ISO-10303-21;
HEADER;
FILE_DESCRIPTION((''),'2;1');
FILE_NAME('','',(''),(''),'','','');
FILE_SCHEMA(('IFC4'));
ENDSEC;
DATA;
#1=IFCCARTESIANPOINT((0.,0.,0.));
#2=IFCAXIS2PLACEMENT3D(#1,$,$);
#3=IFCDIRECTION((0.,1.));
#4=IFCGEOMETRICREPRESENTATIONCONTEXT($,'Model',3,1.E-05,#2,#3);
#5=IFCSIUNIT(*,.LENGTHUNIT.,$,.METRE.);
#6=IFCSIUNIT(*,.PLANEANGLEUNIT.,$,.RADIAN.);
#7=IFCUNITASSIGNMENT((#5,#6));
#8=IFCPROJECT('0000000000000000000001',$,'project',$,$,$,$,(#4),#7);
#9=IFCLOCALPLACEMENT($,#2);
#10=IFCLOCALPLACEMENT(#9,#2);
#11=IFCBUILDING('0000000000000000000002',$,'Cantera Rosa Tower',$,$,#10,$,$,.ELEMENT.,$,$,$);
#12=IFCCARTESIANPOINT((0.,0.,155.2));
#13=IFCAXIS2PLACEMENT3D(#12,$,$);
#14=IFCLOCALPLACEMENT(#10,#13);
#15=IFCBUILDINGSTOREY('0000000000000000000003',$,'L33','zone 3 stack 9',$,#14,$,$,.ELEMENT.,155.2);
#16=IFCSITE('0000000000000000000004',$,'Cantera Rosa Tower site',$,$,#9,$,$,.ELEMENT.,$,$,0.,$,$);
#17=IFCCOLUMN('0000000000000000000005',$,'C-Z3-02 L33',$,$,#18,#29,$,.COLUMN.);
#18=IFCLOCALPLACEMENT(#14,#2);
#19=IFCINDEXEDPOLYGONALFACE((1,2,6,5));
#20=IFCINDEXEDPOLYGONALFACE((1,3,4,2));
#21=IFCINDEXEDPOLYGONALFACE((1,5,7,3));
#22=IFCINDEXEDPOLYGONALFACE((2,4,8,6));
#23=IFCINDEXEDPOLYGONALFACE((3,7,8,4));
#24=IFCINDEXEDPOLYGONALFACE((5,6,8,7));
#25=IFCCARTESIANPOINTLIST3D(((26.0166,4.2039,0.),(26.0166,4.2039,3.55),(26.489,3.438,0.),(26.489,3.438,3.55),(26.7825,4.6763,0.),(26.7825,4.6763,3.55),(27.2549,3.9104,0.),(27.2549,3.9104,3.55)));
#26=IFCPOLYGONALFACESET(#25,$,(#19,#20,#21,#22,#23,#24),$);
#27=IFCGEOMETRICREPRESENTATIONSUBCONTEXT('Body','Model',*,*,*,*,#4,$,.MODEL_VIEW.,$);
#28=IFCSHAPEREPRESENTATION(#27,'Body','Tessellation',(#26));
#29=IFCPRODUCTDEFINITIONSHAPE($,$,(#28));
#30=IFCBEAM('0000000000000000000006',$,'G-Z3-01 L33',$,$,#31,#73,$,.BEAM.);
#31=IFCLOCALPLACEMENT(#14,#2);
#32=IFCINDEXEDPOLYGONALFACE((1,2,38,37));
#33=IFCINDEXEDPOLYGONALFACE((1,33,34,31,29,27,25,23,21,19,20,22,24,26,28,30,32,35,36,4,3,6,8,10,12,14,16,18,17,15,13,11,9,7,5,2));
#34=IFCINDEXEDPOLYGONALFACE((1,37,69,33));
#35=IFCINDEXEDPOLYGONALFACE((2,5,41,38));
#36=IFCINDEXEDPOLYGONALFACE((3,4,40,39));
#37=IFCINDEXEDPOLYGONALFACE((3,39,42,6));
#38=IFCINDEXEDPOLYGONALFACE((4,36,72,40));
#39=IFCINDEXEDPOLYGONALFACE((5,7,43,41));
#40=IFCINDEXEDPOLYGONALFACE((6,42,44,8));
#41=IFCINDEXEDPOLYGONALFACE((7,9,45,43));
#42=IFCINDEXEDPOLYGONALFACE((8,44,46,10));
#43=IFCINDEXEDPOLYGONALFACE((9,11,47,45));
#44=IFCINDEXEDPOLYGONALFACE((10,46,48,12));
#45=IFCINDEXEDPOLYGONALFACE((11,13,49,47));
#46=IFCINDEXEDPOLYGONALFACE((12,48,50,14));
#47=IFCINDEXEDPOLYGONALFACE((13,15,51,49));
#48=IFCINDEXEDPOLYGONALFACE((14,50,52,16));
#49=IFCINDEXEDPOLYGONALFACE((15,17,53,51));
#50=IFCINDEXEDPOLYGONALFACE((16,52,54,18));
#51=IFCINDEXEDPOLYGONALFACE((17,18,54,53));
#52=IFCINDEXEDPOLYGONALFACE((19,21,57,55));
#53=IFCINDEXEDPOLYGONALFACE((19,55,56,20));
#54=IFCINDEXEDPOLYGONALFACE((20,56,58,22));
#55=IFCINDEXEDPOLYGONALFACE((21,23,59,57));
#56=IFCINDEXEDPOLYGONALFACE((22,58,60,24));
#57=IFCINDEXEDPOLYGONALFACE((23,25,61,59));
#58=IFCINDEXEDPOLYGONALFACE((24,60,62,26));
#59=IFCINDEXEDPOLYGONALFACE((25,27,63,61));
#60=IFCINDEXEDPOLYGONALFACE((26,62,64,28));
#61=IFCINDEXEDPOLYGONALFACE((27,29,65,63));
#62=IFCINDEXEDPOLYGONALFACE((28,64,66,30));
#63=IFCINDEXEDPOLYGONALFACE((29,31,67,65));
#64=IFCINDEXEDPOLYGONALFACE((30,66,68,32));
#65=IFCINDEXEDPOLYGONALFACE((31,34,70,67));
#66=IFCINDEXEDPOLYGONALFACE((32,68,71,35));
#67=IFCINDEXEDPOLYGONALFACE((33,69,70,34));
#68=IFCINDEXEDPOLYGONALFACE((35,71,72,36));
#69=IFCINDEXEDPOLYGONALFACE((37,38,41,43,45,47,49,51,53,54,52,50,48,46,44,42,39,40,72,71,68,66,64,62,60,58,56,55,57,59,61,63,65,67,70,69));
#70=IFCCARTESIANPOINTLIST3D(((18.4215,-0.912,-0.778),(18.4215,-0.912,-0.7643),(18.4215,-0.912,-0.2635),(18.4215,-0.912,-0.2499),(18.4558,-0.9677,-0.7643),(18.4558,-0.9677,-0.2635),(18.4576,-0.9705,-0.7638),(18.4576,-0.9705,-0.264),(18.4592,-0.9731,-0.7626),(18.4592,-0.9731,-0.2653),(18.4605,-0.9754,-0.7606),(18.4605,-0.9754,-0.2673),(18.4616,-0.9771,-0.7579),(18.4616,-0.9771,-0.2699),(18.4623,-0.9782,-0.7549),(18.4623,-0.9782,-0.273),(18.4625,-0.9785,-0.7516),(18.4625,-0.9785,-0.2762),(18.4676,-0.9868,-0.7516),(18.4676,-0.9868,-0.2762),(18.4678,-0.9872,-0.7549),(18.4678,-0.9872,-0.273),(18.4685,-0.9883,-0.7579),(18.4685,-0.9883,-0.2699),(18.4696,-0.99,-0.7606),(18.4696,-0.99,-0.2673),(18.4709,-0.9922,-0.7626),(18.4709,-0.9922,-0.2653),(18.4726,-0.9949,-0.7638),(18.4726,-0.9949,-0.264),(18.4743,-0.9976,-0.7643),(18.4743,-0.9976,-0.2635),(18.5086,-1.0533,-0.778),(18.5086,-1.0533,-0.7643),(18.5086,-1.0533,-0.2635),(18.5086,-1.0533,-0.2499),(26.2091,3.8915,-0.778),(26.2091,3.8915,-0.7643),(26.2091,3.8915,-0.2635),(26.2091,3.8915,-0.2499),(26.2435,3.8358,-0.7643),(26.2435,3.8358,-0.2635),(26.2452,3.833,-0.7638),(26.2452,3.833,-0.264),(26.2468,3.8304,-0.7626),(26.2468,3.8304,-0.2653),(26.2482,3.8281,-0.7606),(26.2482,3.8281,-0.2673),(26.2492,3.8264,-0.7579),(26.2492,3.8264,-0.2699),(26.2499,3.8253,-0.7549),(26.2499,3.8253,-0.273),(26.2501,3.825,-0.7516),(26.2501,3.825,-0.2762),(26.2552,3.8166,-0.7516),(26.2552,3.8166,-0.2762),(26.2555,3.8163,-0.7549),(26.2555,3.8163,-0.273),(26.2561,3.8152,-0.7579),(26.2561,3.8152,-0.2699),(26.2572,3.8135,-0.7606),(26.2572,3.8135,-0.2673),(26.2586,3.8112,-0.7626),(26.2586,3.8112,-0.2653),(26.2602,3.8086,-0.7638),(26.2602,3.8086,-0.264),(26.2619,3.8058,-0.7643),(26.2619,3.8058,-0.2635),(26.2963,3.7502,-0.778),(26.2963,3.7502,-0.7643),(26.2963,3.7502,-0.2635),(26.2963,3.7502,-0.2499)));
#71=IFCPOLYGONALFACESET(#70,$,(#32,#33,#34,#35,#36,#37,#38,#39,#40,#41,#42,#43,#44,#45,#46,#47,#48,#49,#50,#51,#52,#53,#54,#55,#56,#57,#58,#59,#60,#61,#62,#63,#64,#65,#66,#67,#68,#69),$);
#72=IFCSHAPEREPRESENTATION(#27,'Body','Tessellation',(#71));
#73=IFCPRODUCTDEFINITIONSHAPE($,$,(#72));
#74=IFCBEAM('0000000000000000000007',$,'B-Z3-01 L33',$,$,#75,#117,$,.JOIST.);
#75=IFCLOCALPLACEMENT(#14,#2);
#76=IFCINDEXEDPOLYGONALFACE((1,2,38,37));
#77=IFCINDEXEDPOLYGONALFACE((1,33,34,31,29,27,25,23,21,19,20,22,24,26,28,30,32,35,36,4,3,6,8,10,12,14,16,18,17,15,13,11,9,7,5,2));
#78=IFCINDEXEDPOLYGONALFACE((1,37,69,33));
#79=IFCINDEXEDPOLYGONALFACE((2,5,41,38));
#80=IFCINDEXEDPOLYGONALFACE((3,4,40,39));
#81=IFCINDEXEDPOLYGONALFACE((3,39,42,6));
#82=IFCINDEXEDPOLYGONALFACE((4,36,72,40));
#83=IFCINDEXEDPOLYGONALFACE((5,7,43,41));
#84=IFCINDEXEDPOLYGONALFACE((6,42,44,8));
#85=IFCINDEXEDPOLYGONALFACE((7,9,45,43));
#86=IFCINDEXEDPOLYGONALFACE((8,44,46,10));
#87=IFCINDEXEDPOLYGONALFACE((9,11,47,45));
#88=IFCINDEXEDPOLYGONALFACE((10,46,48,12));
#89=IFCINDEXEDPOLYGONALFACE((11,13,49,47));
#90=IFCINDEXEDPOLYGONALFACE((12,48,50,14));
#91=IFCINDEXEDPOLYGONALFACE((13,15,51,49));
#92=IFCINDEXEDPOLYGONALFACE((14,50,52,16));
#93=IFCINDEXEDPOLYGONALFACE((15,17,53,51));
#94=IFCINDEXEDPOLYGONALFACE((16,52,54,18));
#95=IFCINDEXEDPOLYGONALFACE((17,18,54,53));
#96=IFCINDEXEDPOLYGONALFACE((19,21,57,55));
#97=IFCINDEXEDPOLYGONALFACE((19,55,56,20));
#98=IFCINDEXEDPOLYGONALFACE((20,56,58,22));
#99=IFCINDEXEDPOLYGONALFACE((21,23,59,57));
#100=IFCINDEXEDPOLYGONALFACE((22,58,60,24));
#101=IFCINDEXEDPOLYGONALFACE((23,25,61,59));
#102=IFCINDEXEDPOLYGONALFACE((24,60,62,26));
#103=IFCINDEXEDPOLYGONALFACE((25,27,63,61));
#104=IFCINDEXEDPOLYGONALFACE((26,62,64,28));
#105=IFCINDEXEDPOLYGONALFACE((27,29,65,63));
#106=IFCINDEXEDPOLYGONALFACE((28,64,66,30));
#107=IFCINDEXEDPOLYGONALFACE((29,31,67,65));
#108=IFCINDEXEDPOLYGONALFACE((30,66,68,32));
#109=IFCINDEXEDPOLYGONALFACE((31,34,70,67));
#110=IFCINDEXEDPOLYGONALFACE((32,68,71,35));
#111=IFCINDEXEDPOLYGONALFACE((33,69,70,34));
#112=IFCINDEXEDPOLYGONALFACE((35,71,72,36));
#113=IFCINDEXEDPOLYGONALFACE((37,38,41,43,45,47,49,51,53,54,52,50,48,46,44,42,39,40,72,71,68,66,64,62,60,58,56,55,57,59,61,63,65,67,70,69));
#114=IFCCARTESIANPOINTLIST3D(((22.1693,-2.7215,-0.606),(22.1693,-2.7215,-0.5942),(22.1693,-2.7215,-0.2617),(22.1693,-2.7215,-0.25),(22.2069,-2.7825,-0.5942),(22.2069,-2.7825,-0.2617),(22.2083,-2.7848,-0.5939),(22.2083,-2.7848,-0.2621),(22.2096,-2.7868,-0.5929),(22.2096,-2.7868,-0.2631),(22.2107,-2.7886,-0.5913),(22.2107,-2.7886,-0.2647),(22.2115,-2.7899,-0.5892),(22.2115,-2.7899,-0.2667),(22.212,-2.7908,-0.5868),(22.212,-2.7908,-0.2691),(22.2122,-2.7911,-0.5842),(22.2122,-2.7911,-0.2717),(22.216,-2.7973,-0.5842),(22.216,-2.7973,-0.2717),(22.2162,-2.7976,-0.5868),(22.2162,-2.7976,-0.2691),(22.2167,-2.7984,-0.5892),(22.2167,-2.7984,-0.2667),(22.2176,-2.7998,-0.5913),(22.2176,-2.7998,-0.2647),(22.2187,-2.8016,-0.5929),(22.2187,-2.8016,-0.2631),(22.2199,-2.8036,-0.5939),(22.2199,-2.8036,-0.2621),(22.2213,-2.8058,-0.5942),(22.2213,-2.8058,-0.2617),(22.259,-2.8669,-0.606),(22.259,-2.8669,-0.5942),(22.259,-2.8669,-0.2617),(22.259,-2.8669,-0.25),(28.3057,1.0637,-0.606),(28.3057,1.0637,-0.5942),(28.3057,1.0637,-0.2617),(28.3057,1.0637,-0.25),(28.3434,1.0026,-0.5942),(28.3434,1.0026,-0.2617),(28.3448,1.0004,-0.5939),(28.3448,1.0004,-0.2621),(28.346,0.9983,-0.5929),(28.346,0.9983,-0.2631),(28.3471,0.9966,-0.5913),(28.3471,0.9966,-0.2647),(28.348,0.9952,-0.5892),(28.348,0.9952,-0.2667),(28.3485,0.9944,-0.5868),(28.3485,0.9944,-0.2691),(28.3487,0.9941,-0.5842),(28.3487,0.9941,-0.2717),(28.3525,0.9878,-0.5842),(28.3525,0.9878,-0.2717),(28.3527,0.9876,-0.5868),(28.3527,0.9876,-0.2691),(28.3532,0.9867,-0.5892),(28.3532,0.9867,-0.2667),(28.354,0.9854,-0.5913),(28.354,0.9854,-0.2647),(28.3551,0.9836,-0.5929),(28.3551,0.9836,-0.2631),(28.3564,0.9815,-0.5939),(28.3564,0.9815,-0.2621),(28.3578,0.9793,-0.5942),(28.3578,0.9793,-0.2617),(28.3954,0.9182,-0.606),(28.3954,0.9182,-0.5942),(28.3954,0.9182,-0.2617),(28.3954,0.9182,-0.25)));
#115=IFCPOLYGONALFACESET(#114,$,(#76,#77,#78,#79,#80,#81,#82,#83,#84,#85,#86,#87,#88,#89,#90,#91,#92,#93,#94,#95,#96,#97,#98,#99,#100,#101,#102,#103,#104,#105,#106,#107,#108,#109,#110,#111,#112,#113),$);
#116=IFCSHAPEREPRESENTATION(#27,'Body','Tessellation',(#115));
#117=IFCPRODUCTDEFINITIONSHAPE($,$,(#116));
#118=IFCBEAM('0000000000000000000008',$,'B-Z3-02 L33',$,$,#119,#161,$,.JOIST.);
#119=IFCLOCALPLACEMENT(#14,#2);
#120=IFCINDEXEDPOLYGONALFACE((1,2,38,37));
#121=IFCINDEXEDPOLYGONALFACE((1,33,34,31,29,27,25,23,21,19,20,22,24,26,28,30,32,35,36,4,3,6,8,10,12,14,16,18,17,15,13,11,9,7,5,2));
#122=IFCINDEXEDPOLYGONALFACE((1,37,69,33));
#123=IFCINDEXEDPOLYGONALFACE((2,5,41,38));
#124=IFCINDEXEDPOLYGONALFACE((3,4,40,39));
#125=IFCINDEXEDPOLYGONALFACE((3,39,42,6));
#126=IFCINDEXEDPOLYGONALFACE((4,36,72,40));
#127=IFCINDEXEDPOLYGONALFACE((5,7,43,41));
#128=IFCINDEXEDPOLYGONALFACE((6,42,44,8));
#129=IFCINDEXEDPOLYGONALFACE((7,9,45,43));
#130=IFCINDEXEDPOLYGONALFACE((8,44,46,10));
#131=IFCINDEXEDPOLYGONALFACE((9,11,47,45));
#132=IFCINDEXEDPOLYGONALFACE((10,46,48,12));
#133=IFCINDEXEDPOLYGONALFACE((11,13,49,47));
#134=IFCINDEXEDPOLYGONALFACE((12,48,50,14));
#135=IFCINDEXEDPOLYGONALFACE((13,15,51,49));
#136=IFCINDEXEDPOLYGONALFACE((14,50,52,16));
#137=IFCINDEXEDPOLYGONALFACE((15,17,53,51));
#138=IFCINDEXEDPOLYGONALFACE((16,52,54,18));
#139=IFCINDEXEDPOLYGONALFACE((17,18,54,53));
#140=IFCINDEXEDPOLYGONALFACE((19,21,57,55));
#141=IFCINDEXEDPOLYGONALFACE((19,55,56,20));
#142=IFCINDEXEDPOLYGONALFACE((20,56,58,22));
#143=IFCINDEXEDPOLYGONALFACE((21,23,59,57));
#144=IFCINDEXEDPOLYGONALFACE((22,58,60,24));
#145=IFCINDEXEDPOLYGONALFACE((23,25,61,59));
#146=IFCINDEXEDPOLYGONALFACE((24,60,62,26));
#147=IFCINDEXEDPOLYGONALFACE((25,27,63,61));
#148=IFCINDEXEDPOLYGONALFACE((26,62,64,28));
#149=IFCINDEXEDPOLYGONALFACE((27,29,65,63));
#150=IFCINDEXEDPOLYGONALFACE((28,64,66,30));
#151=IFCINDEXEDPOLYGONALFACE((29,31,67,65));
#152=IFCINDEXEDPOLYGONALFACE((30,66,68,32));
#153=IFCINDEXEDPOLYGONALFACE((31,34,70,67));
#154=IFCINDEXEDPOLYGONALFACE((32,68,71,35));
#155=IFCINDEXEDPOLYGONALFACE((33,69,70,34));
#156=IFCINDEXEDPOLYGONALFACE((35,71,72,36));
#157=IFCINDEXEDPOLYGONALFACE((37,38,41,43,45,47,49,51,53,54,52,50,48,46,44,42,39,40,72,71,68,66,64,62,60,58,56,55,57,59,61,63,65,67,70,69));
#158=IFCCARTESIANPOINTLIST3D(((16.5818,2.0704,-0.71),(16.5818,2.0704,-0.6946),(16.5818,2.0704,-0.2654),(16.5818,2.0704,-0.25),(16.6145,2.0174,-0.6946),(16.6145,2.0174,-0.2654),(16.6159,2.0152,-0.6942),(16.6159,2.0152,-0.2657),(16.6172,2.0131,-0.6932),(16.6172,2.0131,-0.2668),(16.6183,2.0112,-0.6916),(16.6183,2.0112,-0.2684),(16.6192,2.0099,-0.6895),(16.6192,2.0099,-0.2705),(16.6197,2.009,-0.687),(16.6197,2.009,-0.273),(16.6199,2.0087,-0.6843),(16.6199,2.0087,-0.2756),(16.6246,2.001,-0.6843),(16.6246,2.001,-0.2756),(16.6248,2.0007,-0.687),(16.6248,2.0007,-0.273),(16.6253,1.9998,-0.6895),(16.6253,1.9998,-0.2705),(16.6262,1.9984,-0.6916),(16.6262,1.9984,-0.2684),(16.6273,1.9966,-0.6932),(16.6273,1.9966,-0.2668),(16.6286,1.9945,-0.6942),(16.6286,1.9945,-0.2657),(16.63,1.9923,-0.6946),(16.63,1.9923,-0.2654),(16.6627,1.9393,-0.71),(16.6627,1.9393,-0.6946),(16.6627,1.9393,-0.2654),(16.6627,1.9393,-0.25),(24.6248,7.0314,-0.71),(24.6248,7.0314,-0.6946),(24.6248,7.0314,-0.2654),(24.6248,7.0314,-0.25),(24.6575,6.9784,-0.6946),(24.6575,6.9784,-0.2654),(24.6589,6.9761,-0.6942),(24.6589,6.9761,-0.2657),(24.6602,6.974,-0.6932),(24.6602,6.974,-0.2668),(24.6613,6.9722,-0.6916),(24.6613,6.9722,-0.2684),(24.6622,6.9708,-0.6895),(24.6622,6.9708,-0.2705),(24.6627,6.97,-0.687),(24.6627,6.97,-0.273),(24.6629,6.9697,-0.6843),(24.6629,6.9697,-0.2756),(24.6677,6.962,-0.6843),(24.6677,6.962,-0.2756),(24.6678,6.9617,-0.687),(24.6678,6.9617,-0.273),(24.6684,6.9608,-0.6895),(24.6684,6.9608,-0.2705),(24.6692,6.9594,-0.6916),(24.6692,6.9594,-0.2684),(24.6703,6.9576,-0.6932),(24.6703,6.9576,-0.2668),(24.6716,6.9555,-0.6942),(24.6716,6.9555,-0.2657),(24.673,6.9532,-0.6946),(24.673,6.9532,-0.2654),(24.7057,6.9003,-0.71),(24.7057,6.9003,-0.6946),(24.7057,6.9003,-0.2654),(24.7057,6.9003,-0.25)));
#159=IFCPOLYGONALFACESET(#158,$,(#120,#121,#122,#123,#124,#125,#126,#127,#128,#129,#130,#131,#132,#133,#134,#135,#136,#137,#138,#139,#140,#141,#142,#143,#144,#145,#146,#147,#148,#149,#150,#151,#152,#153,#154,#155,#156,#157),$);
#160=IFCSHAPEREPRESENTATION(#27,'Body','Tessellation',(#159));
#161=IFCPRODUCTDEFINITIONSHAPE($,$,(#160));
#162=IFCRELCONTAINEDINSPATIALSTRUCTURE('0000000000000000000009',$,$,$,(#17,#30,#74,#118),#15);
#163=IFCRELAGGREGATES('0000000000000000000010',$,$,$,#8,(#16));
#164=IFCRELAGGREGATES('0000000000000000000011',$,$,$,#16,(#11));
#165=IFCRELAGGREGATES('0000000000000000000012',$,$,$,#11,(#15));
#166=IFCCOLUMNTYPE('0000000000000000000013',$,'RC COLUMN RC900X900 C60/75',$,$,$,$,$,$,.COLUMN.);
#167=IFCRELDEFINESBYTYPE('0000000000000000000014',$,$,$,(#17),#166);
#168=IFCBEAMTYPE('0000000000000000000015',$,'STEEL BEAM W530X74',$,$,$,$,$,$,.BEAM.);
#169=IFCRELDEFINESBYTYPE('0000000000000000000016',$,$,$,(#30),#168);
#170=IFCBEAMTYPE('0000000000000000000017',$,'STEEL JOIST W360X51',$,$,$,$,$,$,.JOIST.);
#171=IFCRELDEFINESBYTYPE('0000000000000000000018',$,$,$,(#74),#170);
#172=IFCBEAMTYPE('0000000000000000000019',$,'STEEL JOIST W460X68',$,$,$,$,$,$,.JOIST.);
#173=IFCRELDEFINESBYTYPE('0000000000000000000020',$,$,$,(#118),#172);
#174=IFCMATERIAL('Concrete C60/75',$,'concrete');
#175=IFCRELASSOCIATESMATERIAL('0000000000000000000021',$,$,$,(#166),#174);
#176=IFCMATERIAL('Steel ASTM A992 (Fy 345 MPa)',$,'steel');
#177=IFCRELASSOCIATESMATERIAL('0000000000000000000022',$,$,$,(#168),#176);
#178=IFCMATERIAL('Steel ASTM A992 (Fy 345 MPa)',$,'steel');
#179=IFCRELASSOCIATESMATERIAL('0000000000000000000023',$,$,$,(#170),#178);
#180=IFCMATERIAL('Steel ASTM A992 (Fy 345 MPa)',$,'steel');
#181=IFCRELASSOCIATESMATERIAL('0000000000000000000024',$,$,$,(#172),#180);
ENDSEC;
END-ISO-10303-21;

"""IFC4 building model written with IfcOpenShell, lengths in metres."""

from ifc_helpers import new_model, si_unit, direction, frame, origin, origin_2d, place, context, subcontext, project, spatial, rectangle, i_section, extrude, material, material_profile, profile_set, type_object, element, save


model = new_model("IFC4")

# Units and contexts
model_context = context("Model", 3, precision=1e-05, world=origin(), true_north=direction((0.0, 1.0)))
body_context = subcontext(model_context, "Body", "Model", "MODEL_VIEW")
ifc_project = project(units=[si_unit("LENGTHUNIT", "METRE"), si_unit("PLANEANGLEUNIT", "RADIAN")], contexts=[model_context])

# Site, building, storey
site_placement = place(None, origin())
site = spatial("IfcSite", under=ifc_project, at=site_placement, Name="Cantera Rosa Tower site", CompositionType="ELEMENT", RefElevation=0.0)
building_placement = place(site_placement, origin())
building = spatial("IfcBuilding", under=site, at=building_placement, Name="Cantera Rosa Tower", CompositionType="ELEMENT")
storey_placement = place(building_placement, frame((0.0, 0.0, 155.2)))
storey = spatial("IfcBuildingStorey", under=building, at=storey_placement, Name="L33", Description="zone 3 stack 9", CompositionType="ELEMENT", Elevation=155.2)

# Column
ifc_material_1 = material(Name="Concrete C60/75", Category="concrete")
ifc_material_profile_1 = material_profile(ifc_material_1, rectangle(XDim=0.8999, YDim=0.8999, at=origin_2d()), Name="RC COLUMN RC900X900 C60/75")
ifc_profile_set_1 = profile_set([ifc_material_profile_1], Name="Concrete C60/75")
column_type = type_object("IfcColumnType", Name="RC COLUMN RC900X900 C60/75", PredefinedType="COLUMN", material=ifc_profile_set_1)
column_placement = place(storey_placement, frame((26.6357, 4.0571, 0.0), z_axis=(0.0, 0.0, 1.0), x_axis=(0.851117, 0.524977, 0.0)))
element("IfcColumn", 1, at=column_placement, inside=storey, type_object=column_type, Name="C-Z3-02 L33", PredefinedType="COLUMN", context=body_context, shape_type="SweptSolid", body=[
    extrude(rectangle(XDim=0.8999, YDim=0.8999, at=origin_2d()), origin(), (0.0, 0.0, 1.0), 3.55),
])

# Beams
ifc_material_2 = material(Name="Steel ASTM A992 (Fy 345 MPa)", Category="steel")
ifc_material_profile_2 = material_profile(ifc_material_2, i_section(OverallWidth=0.166, OverallDepth=0.5281, WebThickness=0.0098, FlangeThickness=0.0137, FilletRadius=0.0127, at=origin_2d()), Name="W530X74")
ifc_profile_set_2 = profile_set([ifc_material_profile_2], Name="Steel ASTM A992 (Fy 345 MPa)")
beam_type_1 = type_object("IfcBeamType", Name="STEEL BEAM W530X74", PredefinedType="BEAM", material=ifc_profile_set_2)
beam_1_placement = place(storey_placement, frame((26.2527, 3.8208, -0.5139), z_axis=(-0.851116, -0.524977, 0.0), x_axis=(0.524977, -0.851116, 0.0)))
element("IfcBeam", 2, at=beam_1_placement, inside=storey, type_object=beam_type_1, Name="G-Z3-01 L33", PredefinedType="BEAM", context=body_context, shape_type="SweptSolid", body=[
    extrude(i_section(OverallWidth=0.166, OverallDepth=0.5281, WebThickness=0.0098, FlangeThickness=0.0137, FilletRadius=0.0127, at=origin_2d()), origin(), (0.0, 0.0, 1.0), 9.1499),
])
ifc_material_3 = material(Name="Steel ASTM A992 (Fy 345 MPa)", Category="steel")
ifc_material_profile_3 = material_profile(ifc_material_3, i_section(OverallWidth=0.1709, OverallDepth=0.356, WebThickness=0.0073, FlangeThickness=0.0117, FilletRadius=0.01, at=origin_2d()), Name="W360X51")
ifc_profile_set_3 = profile_set([ifc_material_profile_3], Name="Steel ASTM A992 (Fy 345 MPa)")
beam_type_2 = type_object("IfcBeamType", Name="STEEL JOIST W360X51", PredefinedType="JOIST", material=ifc_profile_set_3)
beam_2_placement = place(storey_placement, frame((28.3506, 0.991, -0.428), z_axis=(-0.851109, -0.524989, 0.0), x_axis=(0.524989, -0.851109, 0.0)))
element("IfcBeam", 3, at=beam_2_placement, inside=storey, type_object=beam_type_2, Name="B-Z3-01 L33", PredefinedType="JOIST", context=body_context, shape_type="SweptSolid", body=[
    extrude(i_section(OverallWidth=0.1709, OverallDepth=0.356, WebThickness=0.0073, FlangeThickness=0.0117, FilletRadius=0.01, at=origin_2d()), origin(), (0.0, 0.0, 1.0), 7.21),
])
ifc_material_4 = material(Name="Steel ASTM A992 (Fy 345 MPa)", Category="steel")
ifc_material_profile_4 = material_profile(ifc_material_4, i_section(OverallWidth=0.1541, OverallDepth=0.46, WebThickness=0.009, FlangeThickness=0.0154, FilletRadius=0.0103, at=origin_2d()), Name="W460X68")
ifc_profile_set_4 = profile_set([ifc_material_profile_4], Name="Steel ASTM A992 (Fy 345 MPa)")
beam_type_3 = type_object("IfcBeamType", Name="STEEL JOIST W460X68", PredefinedType="JOIST", material=ifc_profile_set_4)
beam_3_placement = place(storey_placement, frame((24.6653, 6.9658, -0.48), z_axis=(-0.851119, -0.524974, 0.0), x_axis=(0.524974, -0.851119, 0.0)))
element("IfcBeam", 4, at=beam_3_placement, inside=storey, type_object=beam_type_3, Name="B-Z3-02 L33", PredefinedType="JOIST", context=body_context, shape_type="SweptSolid", body=[
    extrude(i_section(OverallWidth=0.1541, OverallDepth=0.46, WebThickness=0.009, FlangeThickness=0.0154, FilletRadius=0.0103, at=origin_2d()), origin(), (0.0, 0.0, 1.0), 9.45),
])

save(model, "model.ifc")
